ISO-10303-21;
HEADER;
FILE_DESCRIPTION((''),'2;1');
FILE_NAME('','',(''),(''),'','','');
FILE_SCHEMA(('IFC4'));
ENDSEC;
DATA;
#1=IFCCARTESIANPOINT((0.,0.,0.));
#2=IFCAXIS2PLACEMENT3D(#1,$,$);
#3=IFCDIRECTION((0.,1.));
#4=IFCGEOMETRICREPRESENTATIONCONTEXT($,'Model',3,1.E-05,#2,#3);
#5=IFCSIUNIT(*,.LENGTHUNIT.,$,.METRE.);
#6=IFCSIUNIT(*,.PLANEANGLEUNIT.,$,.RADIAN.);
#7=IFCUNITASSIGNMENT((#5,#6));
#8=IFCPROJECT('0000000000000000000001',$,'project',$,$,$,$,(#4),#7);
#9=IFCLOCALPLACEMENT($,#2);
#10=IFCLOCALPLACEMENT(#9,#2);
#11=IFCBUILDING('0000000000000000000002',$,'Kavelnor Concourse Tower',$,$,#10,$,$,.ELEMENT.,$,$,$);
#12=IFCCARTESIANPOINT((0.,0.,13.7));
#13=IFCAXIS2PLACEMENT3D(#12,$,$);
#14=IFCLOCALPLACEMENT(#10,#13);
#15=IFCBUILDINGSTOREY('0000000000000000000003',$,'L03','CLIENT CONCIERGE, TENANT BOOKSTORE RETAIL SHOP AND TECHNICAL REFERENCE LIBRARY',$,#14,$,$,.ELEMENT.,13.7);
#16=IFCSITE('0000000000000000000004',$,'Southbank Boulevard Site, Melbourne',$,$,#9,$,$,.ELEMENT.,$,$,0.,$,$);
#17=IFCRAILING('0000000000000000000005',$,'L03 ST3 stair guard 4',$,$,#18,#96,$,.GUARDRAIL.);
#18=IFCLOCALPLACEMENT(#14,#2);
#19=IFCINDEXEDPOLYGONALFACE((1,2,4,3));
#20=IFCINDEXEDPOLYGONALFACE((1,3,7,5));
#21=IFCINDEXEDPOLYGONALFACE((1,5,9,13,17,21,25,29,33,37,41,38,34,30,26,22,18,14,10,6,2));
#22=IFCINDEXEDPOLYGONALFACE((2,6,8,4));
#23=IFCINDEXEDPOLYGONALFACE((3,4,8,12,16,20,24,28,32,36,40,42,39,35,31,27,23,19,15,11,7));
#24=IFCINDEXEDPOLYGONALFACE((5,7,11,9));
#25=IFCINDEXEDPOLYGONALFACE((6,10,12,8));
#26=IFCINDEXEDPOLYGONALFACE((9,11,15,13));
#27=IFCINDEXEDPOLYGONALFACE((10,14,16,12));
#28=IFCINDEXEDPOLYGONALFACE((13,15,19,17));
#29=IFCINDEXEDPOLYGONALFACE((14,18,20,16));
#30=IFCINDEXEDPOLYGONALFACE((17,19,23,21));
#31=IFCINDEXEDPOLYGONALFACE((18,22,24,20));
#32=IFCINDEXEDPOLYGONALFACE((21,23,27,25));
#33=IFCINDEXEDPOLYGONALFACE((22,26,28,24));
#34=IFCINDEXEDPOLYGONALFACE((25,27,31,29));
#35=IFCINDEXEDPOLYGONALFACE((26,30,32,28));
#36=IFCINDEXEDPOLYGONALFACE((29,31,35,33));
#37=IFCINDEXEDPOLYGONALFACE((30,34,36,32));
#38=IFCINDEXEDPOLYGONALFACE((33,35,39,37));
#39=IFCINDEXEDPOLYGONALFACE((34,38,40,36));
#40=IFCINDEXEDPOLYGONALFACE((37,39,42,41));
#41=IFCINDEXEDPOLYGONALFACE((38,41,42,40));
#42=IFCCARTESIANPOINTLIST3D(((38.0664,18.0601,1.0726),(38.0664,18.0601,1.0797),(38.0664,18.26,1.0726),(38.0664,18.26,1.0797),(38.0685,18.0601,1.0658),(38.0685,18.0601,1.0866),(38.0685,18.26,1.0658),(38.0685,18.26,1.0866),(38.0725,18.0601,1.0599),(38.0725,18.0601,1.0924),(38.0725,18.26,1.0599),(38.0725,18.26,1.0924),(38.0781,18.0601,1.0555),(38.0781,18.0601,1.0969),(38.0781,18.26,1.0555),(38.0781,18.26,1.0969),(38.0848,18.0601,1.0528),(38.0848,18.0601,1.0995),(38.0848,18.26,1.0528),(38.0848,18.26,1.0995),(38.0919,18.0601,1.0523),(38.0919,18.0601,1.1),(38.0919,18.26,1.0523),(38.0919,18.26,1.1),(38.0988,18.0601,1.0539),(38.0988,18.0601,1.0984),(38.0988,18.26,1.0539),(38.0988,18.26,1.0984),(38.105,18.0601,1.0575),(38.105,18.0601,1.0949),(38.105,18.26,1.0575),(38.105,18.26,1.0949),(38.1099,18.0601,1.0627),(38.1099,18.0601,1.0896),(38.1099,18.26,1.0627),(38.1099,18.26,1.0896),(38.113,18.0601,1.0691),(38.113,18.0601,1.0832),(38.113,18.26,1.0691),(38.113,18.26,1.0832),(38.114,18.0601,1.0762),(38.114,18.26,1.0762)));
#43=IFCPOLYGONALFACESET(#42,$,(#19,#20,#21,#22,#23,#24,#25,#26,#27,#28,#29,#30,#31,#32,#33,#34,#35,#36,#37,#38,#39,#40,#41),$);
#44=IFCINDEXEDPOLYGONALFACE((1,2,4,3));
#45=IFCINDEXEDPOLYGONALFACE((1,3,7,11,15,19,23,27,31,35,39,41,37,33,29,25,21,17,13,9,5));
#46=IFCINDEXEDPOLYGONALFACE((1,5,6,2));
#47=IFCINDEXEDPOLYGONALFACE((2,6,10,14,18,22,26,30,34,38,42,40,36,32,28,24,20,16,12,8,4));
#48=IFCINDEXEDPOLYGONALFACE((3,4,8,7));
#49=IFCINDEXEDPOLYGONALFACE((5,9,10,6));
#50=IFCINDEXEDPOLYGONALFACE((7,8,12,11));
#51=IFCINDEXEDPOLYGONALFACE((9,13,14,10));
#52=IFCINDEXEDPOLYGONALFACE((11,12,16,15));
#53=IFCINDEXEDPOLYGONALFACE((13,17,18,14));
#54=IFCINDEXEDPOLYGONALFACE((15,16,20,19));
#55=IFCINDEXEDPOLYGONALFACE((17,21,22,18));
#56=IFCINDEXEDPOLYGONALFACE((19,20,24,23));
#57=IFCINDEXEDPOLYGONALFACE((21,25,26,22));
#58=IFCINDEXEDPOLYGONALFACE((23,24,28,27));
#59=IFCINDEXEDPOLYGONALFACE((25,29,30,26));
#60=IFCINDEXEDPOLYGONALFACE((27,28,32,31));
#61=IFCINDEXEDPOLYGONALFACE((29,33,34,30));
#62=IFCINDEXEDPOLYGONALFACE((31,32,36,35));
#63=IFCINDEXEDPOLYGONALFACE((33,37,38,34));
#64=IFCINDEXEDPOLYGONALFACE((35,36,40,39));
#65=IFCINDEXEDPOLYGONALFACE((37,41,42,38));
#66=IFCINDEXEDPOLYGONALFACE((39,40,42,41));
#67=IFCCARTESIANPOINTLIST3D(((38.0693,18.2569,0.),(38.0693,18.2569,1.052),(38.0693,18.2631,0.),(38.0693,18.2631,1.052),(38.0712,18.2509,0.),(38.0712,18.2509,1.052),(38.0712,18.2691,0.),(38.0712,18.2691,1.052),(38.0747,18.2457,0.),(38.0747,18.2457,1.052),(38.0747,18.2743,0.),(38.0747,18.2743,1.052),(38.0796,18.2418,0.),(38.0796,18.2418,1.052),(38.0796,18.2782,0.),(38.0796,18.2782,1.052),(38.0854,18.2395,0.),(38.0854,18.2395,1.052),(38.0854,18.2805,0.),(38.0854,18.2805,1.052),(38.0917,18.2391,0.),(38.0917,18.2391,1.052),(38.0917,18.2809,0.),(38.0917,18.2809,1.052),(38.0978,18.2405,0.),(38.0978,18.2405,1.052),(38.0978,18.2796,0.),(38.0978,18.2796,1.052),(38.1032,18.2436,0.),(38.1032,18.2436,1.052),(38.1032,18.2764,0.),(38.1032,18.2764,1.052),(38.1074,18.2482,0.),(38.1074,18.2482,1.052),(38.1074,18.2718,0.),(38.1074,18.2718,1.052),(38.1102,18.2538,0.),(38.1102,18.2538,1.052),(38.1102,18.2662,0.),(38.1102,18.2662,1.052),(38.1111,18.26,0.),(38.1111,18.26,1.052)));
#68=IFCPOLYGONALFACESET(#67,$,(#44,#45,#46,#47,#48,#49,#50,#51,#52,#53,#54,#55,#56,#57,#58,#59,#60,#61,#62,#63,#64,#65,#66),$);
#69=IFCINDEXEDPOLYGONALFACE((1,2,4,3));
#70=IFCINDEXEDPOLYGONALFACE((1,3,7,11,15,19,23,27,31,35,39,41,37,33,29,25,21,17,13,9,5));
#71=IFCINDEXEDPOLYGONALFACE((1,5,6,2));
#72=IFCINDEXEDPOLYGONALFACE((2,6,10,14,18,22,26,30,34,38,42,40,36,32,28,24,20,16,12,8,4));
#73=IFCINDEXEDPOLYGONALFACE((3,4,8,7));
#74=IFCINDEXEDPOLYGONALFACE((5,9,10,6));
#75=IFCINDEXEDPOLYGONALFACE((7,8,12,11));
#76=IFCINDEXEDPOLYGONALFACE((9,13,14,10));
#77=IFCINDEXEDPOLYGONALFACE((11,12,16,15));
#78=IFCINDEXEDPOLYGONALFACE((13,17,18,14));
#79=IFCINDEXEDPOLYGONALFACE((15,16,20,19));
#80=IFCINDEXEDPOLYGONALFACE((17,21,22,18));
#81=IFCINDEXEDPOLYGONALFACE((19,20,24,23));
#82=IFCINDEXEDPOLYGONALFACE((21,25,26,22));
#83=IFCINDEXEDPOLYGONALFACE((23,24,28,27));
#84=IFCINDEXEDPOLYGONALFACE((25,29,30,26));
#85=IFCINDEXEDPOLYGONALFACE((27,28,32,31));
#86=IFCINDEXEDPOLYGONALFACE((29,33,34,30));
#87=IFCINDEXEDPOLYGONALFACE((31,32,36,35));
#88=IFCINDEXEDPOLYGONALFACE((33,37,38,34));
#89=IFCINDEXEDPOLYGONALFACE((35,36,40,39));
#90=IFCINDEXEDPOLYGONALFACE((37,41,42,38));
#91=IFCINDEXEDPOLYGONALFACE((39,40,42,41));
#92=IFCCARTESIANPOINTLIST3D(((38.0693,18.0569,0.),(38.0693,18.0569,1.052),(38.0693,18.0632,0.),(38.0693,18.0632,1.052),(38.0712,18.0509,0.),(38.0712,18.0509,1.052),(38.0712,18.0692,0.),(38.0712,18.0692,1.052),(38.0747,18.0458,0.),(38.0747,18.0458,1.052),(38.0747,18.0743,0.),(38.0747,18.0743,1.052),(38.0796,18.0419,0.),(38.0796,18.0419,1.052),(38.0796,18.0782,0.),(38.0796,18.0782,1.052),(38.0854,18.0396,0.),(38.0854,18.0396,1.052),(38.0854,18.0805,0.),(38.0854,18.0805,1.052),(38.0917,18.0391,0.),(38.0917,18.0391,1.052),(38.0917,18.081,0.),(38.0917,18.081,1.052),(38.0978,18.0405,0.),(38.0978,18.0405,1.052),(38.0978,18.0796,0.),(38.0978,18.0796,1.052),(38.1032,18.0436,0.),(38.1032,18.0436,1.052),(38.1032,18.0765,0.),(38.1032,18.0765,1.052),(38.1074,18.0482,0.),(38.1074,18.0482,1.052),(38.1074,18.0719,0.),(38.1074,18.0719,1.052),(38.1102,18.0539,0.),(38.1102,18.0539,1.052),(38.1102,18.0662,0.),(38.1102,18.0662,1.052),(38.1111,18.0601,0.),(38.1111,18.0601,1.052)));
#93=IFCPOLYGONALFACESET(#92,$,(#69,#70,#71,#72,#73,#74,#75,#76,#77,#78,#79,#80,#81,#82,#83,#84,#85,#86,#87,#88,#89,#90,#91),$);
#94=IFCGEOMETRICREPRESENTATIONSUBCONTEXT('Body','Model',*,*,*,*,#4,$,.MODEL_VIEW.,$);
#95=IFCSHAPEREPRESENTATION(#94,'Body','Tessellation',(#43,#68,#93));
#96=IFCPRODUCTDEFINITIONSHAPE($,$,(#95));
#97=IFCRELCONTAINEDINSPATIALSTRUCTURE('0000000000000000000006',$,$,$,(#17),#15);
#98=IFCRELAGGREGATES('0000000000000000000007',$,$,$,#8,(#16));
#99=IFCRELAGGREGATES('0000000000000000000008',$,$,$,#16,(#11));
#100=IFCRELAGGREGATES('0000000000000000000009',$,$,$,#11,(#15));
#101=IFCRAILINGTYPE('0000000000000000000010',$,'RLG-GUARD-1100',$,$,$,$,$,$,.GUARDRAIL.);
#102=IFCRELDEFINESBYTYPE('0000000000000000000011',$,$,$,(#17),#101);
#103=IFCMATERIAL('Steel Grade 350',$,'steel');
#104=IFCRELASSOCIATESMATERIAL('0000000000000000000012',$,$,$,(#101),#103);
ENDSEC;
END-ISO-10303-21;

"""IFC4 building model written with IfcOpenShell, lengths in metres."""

from ifc_helpers import new_model, si_unit, direction, frame, origin, origin_2d, place, context, subcontext, project, spatial, circle, extrude, material, type_object, element, save


model = new_model("IFC4")

# Units and contexts
model_context = context("Model", 3, precision=1e-05, world=origin(), true_north=direction((0.0, 1.0)))
body_context = subcontext(model_context, "Body", "Model", "MODEL_VIEW")
ifc_project = project(units=[si_unit("LENGTHUNIT", "METRE"), si_unit("PLANEANGLEUNIT", "RADIAN")], contexts=[model_context])

# Site, building, storey
site_placement = place(None, origin())
site = spatial("IfcSite", under=ifc_project, at=site_placement, Name="Southbank Boulevard Site, Melbourne", CompositionType="ELEMENT", RefElevation=0.0)
building_placement = place(site_placement, origin())
building = spatial("IfcBuilding", under=site, at=building_placement, Name="Kavelnor Concourse Tower", CompositionType="ELEMENT")
storey_placement = place(building_placement, frame((0.0, 0.0, 13.7)))
storey = spatial("IfcBuildingStorey", under=building, at=storey_placement, Name="L03", Description="CLIENT CONCIERGE, TENANT BOOKSTORE RETAIL SHOP AND TECHNICAL REFERENCE LIBRARY", CompositionType="ELEMENT", Elevation=13.7)

# Shared definitions
ifc_material_1 = material(Name="Steel Grade 350", Category="steel")

# Railing
railing_type_1 = type_object("IfcRailingType", Name="RLG-GUARD-1100", PredefinedType="GUARDRAIL", material=ifc_material_1)
railing_1_placement = place(storey_placement, frame((38.0901, 18.26, 0.0)))
element("IfcRailing", 1, at=railing_1_placement, inside=storey, type_object=railing_type_1, Name="L03 ST3 stair guard 4", PredefinedType="GUARDRAIL", context=body_context, shape_type="SweptSolid", body=[
    extrude(circle(Radius=0.0239, at=origin_2d()), frame((0.0, 0.0, 1.0762), z_axis=(0.0, -1.0, 0.0), x_axis=(1.0, 0.0, 0.0)), (0.0, 0.0, 1.0), 0.2),
    extrude(circle(Radius=0.021, at=origin_2d()), origin(), (0.0, 0.0, 1.0), 1.052),
    extrude(circle(Radius=0.021, at=origin_2d()), frame((0.0, -0.2, 0.0)), (0.0, 0.0, 1.0), 1.052),
])

save(model, "model.ifc")
